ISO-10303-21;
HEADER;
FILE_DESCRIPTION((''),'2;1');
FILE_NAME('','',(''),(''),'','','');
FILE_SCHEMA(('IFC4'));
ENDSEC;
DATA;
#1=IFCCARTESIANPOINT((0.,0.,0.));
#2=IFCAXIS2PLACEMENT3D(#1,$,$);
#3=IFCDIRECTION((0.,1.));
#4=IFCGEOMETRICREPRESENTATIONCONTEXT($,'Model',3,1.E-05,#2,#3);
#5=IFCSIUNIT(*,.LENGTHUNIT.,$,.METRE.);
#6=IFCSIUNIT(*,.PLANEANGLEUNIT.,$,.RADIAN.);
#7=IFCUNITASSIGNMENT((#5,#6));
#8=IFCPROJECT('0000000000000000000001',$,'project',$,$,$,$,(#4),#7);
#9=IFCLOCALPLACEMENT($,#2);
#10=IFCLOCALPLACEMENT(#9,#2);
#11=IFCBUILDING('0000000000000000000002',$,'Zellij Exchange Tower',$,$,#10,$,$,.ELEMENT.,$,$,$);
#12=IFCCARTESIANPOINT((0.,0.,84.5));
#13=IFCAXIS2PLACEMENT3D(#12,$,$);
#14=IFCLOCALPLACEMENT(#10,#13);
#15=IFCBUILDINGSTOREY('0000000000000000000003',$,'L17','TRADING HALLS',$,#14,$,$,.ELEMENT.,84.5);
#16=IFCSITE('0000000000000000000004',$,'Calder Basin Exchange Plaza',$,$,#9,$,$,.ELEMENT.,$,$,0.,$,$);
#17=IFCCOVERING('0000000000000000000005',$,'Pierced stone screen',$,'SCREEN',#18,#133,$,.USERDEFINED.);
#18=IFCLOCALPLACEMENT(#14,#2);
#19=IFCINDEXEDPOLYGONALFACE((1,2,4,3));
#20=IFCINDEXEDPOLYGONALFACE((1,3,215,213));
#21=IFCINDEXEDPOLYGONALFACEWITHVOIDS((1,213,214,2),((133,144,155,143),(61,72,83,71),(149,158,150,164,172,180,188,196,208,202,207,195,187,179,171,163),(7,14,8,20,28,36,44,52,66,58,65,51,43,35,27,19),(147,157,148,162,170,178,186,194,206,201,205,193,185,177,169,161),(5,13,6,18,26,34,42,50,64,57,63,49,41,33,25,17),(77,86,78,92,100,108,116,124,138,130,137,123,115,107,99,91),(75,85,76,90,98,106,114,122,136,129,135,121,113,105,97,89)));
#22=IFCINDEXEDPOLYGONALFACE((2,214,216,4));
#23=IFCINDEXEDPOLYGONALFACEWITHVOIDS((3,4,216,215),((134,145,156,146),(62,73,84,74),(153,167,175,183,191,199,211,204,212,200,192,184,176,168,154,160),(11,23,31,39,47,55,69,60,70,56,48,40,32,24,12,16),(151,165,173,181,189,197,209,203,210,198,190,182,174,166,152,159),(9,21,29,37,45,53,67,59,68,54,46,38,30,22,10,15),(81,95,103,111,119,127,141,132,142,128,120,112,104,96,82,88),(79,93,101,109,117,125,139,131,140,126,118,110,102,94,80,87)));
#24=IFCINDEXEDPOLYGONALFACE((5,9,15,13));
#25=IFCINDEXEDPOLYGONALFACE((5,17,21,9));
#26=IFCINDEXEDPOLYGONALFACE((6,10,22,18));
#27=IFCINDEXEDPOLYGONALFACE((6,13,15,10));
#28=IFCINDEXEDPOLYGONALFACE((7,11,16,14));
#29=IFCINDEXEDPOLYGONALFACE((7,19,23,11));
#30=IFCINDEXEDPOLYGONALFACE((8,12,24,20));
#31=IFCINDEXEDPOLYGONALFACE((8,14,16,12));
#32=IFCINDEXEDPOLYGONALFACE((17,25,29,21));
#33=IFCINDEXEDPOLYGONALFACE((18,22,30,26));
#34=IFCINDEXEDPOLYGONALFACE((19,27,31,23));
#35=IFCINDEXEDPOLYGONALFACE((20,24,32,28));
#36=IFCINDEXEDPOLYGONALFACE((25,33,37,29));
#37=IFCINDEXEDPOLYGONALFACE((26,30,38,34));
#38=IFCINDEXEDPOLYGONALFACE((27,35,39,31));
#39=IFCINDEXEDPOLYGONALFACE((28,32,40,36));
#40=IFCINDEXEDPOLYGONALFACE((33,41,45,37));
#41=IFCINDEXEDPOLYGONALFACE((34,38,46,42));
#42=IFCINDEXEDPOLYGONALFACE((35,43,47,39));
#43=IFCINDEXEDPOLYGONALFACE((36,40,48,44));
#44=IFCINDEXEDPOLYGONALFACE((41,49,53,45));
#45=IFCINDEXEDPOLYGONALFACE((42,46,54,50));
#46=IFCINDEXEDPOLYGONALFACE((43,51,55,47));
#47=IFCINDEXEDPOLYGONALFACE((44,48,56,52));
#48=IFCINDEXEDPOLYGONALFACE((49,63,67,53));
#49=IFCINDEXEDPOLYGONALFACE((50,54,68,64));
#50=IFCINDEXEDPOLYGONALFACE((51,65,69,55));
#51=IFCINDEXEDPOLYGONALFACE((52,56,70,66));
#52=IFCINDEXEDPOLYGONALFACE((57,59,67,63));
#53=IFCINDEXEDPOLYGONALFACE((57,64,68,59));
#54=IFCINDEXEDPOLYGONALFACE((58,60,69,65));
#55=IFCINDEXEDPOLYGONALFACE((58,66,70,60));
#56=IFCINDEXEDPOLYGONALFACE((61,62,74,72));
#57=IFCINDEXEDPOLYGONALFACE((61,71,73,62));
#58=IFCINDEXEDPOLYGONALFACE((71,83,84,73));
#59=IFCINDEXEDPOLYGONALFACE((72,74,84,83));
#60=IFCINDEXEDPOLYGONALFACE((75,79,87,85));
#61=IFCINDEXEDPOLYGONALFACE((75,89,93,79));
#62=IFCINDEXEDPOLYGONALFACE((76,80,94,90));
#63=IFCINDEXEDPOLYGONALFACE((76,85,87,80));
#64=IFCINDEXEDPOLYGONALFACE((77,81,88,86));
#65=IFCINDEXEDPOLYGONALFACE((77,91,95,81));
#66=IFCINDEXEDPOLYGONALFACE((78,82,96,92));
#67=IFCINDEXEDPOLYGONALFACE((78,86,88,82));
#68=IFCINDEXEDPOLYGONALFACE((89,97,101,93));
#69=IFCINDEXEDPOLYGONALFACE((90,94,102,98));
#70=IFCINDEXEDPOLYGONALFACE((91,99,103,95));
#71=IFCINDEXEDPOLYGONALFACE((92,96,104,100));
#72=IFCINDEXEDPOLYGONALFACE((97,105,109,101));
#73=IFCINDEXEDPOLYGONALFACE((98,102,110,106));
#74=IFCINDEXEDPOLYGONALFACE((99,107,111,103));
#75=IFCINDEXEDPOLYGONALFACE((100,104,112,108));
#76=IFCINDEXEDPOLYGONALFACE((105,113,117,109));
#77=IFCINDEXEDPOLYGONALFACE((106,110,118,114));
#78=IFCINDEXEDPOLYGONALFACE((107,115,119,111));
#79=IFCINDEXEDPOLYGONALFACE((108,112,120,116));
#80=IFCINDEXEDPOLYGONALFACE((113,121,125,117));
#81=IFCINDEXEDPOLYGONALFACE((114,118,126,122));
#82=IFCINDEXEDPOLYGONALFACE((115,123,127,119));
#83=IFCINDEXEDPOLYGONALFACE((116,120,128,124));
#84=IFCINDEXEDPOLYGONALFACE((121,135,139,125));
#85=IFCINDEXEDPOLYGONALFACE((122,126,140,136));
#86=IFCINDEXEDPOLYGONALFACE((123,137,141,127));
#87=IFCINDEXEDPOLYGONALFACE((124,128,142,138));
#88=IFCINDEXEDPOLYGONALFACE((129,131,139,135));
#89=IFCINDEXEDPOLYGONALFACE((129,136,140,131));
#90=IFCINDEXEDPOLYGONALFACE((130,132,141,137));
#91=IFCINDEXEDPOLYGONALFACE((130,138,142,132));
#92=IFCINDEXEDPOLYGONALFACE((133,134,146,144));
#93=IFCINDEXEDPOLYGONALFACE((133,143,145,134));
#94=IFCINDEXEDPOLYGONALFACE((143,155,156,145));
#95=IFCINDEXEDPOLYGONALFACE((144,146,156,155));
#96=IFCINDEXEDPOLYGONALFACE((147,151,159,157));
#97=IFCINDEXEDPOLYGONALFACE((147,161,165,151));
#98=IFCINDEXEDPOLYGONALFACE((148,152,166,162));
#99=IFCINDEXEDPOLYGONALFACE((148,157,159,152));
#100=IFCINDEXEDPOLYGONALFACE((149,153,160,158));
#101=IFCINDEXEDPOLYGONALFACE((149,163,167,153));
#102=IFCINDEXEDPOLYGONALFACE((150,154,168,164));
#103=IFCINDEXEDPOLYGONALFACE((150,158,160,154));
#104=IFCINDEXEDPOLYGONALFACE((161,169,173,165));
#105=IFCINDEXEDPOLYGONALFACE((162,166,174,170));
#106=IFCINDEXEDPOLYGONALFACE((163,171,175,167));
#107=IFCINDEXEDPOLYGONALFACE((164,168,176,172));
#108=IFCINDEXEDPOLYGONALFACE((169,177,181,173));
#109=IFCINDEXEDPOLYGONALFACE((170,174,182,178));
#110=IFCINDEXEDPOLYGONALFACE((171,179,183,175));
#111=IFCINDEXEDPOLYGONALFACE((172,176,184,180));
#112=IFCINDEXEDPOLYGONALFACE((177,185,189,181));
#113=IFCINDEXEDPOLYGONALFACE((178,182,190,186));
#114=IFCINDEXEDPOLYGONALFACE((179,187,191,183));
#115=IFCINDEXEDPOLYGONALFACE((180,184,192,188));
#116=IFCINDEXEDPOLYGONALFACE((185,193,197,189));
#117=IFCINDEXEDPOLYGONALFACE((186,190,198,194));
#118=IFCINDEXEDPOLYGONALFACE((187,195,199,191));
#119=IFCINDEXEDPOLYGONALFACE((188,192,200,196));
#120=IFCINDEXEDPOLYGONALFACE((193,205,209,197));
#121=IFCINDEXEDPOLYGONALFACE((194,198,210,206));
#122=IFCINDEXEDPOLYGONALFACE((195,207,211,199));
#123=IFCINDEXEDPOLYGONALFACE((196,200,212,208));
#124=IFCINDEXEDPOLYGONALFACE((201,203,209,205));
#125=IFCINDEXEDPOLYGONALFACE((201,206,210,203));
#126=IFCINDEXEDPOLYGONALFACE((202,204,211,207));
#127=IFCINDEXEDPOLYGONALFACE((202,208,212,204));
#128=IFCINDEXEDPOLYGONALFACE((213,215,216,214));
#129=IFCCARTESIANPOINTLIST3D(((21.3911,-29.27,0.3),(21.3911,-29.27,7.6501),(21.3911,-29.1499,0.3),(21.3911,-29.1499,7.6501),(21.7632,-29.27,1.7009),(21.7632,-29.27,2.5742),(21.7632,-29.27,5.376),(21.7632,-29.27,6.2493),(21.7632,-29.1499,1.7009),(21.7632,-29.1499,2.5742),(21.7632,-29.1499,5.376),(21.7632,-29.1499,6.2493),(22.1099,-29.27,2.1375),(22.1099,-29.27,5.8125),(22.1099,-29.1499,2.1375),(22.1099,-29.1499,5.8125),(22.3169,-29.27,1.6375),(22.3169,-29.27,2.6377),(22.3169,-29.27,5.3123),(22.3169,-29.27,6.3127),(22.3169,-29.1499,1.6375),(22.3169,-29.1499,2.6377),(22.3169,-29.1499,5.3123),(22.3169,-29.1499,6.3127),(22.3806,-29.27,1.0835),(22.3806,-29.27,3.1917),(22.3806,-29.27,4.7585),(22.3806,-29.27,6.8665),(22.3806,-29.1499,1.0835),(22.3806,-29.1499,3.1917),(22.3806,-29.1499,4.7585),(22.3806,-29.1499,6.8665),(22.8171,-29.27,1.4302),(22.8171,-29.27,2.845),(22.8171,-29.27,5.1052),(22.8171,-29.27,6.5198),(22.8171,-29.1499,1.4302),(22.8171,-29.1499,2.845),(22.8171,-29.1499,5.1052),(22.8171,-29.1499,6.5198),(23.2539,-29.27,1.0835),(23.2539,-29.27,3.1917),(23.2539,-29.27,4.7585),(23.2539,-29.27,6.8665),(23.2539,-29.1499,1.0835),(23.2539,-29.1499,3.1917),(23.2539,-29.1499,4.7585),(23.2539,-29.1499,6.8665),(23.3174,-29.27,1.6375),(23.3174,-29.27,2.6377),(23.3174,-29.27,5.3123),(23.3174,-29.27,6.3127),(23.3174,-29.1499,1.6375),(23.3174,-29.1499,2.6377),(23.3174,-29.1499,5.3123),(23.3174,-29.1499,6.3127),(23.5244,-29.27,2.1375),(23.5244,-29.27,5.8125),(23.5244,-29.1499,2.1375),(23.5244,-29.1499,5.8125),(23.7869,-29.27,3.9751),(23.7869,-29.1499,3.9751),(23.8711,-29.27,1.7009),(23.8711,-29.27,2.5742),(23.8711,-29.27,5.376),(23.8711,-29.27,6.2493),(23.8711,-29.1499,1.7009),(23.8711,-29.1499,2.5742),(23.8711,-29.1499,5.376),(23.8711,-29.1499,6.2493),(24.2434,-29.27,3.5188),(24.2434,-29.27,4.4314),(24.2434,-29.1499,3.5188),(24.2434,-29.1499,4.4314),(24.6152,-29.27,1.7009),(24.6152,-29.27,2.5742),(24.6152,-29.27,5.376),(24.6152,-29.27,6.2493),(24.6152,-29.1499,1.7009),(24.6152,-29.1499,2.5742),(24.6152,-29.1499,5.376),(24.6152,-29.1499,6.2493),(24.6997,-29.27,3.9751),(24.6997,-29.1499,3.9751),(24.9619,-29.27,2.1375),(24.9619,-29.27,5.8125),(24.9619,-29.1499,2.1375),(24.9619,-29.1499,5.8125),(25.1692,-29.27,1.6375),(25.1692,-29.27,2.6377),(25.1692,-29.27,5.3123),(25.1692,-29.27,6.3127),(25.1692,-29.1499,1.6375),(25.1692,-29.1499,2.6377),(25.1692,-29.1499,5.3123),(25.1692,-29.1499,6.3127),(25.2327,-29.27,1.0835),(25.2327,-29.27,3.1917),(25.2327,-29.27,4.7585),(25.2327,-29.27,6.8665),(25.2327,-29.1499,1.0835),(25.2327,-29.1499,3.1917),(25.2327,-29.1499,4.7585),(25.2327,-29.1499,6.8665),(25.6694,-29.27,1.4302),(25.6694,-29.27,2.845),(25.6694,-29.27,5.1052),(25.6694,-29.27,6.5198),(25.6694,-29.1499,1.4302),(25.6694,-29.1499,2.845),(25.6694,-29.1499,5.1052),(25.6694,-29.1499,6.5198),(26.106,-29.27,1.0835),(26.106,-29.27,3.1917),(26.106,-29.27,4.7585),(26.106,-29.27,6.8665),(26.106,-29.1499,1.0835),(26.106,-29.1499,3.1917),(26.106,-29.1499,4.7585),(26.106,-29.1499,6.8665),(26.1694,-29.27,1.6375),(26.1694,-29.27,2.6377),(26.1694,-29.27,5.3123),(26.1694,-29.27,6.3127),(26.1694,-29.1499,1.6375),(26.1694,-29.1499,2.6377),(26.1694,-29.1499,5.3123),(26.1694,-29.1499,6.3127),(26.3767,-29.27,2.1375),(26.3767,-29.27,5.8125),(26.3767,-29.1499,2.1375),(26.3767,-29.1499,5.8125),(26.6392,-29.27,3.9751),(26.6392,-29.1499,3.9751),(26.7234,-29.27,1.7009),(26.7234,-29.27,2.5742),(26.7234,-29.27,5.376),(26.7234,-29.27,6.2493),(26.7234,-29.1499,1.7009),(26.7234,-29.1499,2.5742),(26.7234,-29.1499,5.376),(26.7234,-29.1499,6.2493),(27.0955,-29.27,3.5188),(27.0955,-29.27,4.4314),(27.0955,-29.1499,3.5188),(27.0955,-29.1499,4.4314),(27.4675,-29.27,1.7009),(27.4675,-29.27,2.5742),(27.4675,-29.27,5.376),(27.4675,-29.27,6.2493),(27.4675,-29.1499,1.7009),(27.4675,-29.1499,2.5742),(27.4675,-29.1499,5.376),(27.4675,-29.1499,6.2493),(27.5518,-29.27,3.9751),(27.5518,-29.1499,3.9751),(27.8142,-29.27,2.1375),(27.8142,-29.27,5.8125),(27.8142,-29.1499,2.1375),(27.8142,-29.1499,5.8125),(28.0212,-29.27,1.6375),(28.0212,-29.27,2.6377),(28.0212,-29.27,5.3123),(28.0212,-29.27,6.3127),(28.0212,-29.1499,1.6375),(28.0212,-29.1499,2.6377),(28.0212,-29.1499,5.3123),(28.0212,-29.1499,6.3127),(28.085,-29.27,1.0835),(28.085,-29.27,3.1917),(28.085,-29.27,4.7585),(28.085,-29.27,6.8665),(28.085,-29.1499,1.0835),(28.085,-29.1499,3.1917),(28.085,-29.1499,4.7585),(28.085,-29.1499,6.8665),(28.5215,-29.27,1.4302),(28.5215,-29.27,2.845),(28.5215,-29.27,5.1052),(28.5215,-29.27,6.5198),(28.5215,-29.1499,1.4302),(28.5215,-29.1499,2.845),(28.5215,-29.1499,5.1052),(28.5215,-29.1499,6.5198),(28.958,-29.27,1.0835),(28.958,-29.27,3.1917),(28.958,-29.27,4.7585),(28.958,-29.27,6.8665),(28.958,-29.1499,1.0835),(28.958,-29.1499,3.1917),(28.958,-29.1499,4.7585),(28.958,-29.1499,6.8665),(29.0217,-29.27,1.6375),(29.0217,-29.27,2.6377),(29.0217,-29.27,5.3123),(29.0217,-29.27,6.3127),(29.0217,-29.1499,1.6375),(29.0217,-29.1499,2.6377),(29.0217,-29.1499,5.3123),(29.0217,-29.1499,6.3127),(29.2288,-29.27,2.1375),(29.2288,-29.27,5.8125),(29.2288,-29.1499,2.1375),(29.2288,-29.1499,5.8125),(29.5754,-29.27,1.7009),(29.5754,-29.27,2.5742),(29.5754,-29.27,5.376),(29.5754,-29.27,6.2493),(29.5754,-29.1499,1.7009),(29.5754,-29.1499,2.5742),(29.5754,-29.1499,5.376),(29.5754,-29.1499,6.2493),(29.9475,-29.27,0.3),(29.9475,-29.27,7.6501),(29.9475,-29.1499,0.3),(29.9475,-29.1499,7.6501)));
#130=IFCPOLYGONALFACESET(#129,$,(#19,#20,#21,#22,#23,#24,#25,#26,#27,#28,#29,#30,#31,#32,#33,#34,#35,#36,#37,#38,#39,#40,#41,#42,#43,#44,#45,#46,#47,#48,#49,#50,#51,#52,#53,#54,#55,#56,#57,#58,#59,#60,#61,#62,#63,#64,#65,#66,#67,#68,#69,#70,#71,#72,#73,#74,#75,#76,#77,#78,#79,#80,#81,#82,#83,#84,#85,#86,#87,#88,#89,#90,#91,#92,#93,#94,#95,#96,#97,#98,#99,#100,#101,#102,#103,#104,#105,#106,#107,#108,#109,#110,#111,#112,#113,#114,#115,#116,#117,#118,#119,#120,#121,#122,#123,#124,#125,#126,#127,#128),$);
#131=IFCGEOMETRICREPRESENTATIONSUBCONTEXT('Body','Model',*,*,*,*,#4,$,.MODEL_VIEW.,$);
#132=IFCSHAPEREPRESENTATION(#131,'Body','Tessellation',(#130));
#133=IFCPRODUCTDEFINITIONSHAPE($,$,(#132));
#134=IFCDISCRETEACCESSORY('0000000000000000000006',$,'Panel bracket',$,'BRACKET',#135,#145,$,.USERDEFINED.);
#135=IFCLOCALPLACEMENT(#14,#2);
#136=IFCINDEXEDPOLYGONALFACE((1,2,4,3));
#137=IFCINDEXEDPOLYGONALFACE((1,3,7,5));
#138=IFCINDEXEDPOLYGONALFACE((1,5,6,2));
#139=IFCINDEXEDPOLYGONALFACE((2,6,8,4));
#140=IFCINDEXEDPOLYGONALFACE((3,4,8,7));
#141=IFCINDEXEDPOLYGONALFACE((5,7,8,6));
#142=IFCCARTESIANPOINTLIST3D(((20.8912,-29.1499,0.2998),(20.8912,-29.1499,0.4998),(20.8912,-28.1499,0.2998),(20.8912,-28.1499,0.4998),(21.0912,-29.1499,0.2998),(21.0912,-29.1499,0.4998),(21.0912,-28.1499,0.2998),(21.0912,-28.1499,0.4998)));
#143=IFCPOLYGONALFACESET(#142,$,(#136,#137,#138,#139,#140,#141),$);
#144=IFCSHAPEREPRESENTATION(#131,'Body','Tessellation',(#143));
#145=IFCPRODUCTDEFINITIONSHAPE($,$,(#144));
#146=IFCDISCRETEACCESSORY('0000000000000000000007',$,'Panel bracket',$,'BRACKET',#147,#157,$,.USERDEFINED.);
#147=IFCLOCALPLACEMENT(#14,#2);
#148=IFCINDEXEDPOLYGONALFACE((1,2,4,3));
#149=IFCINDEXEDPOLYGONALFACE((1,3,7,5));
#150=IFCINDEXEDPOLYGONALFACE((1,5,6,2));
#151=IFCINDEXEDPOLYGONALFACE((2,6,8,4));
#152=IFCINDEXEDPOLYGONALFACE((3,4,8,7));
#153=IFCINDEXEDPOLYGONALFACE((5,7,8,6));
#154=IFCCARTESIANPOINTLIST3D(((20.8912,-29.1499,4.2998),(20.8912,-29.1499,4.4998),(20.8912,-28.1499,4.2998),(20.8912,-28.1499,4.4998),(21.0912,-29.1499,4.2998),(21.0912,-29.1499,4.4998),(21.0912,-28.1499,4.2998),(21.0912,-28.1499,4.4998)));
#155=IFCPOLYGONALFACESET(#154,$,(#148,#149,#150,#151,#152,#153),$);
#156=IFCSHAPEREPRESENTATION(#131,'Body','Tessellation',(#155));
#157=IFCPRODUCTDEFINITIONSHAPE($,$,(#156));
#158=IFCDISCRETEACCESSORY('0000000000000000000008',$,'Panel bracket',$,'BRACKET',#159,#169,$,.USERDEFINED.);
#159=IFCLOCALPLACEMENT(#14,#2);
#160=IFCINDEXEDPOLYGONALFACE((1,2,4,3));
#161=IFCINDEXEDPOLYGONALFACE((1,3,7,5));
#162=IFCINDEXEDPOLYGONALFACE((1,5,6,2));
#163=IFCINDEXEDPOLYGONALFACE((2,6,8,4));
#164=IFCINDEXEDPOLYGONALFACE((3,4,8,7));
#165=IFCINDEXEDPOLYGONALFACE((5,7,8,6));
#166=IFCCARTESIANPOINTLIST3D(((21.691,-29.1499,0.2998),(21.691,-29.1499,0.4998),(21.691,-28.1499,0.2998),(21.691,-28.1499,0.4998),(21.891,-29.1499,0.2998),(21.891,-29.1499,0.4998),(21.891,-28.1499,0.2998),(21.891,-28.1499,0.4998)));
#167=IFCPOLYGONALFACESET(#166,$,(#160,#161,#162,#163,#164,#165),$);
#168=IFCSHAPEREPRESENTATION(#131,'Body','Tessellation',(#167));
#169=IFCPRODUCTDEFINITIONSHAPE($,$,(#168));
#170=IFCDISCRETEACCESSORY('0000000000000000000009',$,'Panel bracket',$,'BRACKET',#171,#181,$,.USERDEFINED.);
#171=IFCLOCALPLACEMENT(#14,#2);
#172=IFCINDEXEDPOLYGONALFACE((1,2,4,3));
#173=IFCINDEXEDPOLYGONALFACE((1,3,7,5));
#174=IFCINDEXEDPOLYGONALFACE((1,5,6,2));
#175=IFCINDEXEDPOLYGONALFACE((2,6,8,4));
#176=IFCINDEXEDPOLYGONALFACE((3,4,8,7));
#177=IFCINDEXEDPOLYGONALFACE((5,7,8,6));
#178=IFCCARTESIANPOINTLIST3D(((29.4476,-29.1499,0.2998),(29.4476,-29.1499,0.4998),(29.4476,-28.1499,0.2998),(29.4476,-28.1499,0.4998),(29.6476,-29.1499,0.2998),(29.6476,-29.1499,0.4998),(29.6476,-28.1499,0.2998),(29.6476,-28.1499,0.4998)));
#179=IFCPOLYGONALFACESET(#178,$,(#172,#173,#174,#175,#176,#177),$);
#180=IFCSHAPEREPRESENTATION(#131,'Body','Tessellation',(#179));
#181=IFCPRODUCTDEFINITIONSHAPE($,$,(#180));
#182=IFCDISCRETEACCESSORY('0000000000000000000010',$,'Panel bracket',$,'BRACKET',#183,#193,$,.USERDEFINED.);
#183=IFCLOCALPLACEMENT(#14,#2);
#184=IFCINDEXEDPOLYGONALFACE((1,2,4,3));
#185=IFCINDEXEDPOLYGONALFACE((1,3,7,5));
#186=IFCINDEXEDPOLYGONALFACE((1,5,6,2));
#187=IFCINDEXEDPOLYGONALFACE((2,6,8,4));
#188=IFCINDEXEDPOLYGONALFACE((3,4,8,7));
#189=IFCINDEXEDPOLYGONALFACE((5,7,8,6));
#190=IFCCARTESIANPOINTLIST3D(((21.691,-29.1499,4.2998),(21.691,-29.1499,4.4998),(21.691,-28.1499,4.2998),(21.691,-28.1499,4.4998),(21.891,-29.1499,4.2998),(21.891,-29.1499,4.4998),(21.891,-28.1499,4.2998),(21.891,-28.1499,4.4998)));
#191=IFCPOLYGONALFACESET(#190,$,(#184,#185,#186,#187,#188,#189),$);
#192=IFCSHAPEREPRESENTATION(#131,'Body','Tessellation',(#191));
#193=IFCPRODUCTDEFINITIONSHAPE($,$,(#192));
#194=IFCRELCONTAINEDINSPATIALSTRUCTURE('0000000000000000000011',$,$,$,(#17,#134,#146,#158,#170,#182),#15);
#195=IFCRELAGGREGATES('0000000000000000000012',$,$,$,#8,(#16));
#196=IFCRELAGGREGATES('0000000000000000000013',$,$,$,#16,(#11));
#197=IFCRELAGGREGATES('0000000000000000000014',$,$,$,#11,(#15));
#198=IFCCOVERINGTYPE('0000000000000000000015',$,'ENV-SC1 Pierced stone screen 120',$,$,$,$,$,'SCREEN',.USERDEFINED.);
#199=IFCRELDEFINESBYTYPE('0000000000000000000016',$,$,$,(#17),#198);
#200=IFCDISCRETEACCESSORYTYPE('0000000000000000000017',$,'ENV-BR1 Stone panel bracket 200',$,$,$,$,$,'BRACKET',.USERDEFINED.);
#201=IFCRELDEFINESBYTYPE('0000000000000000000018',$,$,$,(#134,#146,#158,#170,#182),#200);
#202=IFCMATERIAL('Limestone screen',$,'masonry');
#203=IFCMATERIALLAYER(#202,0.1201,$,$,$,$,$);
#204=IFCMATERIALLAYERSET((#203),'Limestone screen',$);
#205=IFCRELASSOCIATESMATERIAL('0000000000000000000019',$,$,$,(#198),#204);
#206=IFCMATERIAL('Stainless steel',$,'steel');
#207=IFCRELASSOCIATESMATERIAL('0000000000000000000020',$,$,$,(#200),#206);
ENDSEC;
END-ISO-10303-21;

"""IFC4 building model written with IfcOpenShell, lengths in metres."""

from ifc_helpers import new_model, si_unit, direction, frame, origin, origin_2d, place, context, subcontext, project, spatial, polyline, rectangle, outline, extrude, material, layer, layer_set, type_object, element, save


model = new_model("IFC4")

# Units and contexts
model_context = context("Model", 3, precision=1e-05, world=origin(), true_north=direction((0.0, 1.0)))
body_context = subcontext(model_context, "Body", "Model", "MODEL_VIEW")
ifc_project = project(units=[si_unit("LENGTHUNIT", "METRE"), si_unit("PLANEANGLEUNIT", "RADIAN")], contexts=[model_context])

# Site, building, storey
site_placement = place(None, origin())
site = spatial("IfcSite", under=ifc_project, at=site_placement, Name="Calder Basin Exchange Plaza", CompositionType="ELEMENT", RefElevation=0.0)
building_placement = place(site_placement, origin())
building = spatial("IfcBuilding", under=site, at=building_placement, Name="Zellij Exchange Tower", CompositionType="ELEMENT")
storey_placement = place(building_placement, frame((0.0, 0.0, 84.5)))
storey = spatial("IfcBuildingStorey", under=building, at=storey_placement, Name="L17", Description="TRADING HALLS", CompositionType="ELEMENT", Elevation=84.5)

# Covering
ifc_material_1 = material(Name="Limestone screen", Category="masonry")
ifc_layer = layer(ifc_material_1, 0.1201)
ifc_layer_set = layer_set([ifc_layer], Name="Limestone screen")
covering_type = type_object("IfcCoveringType", Name="ENV-SC1 Pierced stone screen 120", ElementType="SCREEN", PredefinedType="USERDEFINED", material=ifc_layer_set)
covering_placement = place(storey_placement, frame((21.3911, -29.21, 0.3), z_axis=(0.0, 0.0, 1.0), x_axis=(1.0, 0.0, 0.0)))
element("IfcCovering", 1, at=covering_placement, inside=storey, type_object=covering_type, Name="Pierced stone screen", ObjectType="SCREEN", PredefinedType="USERDEFINED", context=body_context, shape_type="SweptSolid", body=[
    extrude(outline(polyline([(0.0, 0.0), (8.5564, 0.0), (8.5564, 7.3501), (0.0, 7.3501), (0.0, 0.0)]), holes=[polyline([(2.48, 2.2742), (1.9263, 2.3376), (1.8628, 2.8916), (1.426, 2.5449), (0.9895, 2.8916), (0.9258, 2.3376), (0.3721, 2.2742), (0.7188, 1.8374), (0.3721, 1.4009), (0.9258, 1.3374), (0.9895, 0.7834), (1.426, 1.1301), (1.8628, 0.7834), (1.9263, 1.3374), (2.48, 1.4009), (2.1333, 1.8374), (2.48, 2.2742)]), polyline([(2.48, 5.9492), (1.9263, 6.0127), (1.8628, 6.5664), (1.426, 6.2197), (0.9895, 6.5664), (0.9258, 6.0127), (0.3721, 5.9492), (0.7188, 5.5125), (0.3721, 5.0759), (0.9258, 5.0122), (0.9895, 4.4585), (1.426, 4.8052), (1.8628, 4.4585), (1.9263, 5.0122), (2.48, 5.0759), (2.1333, 5.5125), (2.48, 5.9492)]), polyline([(5.3323, 2.2742), (4.7783, 2.3376), (4.7148, 2.8916), (4.2783, 2.5449), (3.8416, 2.8916), (3.7781, 2.3376), (3.2241, 2.2742), (3.5708, 1.8374), (3.2241, 1.4009), (3.7781, 1.3374), (3.8416, 0.7834), (4.2783, 1.1301), (4.7148, 0.7834), (4.7783, 1.3374), (5.3323, 1.4009), (4.9856, 1.8374), (5.3323, 2.2742)]), polyline([(5.3323, 5.9492), (4.7783, 6.0127), (4.7148, 6.5664), (4.2783, 6.2197), (3.8416, 6.5664), (3.7781, 6.0127), (3.2241, 5.9492), (3.5708, 5.5125), (3.2241, 5.0759), (3.7781, 5.0122), (3.8416, 4.4585), (4.2783, 4.8052), (4.7148, 4.4585), (4.7783, 5.0122), (5.3323, 5.0759), (4.9856, 5.5125), (5.3323, 5.9492)]), polyline([(8.1843, 2.2742), (7.6306, 2.3376), (7.5669, 2.8916), (7.1304, 2.5449), (6.6938, 2.8916), (6.6301, 2.3376), (6.0764, 2.2742), (6.4231, 1.8374), (6.0764, 1.4009), (6.6301, 1.3374), (6.6938, 0.7834), (7.1304, 1.1301), (7.5669, 0.7834), (7.6306, 1.3374), (8.1843, 1.4009), (7.8376, 1.8374), (8.1843, 2.2742)]), polyline([(8.1843, 5.9492), (7.6306, 6.0127), (7.5669, 6.5664), (7.1304, 6.2197), (6.6938, 6.5664), (6.6301, 6.0127), (6.0764, 5.9492), (6.4231, 5.5125), (6.0764, 5.0759), (6.6301, 5.0122), (6.6938, 4.4585), (7.1304, 4.8052), (7.5669, 4.4585), (7.6306, 5.0122), (8.1843, 5.0759), (7.8376, 5.5125), (8.1843, 5.9492)]), polyline([(3.3086, 3.675), (2.8523, 4.1313), (2.3958, 3.675), (2.8523, 3.2188), (3.3086, 3.675)]), polyline([(6.1606, 3.675), (5.7043, 4.1313), (5.248, 3.675), (5.7043, 3.2188), (6.1606, 3.675)])]), frame((0.0, 0.0601, 0.0), z_axis=(0.0, -1.0, 0.0), x_axis=(1.0, 0.0, 0.0)), (0.0, 0.0, 1.0), 0.1201),
])

# Discrete accessories
ifc_material_2 = material(Name="Stainless steel", Category="steel")
discrete_accessory_type = type_object("IfcDiscreteAccessoryType", Name="ENV-BR1 Stone panel bracket 200", ElementType="BRACKET", PredefinedType="USERDEFINED", material=ifc_material_2)
for number, where, z_axis, x_axis, name in (
    (2, (20.9912, -28.6499, 0.2998), (0.0, 0.0, 1.0), (1.0, 0.0, 0.0), "Panel bracket"),
    (3, (20.9912, -28.6499, 4.2998), (0.0, 0.0, 1.0), (1.0, 0.0, 0.0), "Panel bracket"),
    (4, (21.791, -28.6499, 0.2998), (0.0, 0.0, 1.0), (1.0, 0.0, 0.0), "Panel bracket"),
    (5, (29.5476, -28.6499, 0.2998), (0.0, 0.0, 1.0), (1.0, 0.0, 0.0), "Panel bracket"),
    (6, (21.791, -28.6499, 4.2998), (0.0, 0.0, 1.0), (1.0, 0.0, 0.0), "Panel bracket"),
):
    element("IfcDiscreteAccessory", number, at=place(storey_placement, frame(where, z_axis=z_axis, x_axis=x_axis)), inside=storey, type_object=discrete_accessory_type, Name=name, ObjectType="BRACKET", PredefinedType="USERDEFINED", context=body_context, shape_type="SweptSolid", body=[
        extrude(rectangle(XDim=0.2, YDim=1.0, at=origin_2d()), origin(), (0.0, 0.0, 1.0), 0.2),
    ])

save(model, "model.ifc")
